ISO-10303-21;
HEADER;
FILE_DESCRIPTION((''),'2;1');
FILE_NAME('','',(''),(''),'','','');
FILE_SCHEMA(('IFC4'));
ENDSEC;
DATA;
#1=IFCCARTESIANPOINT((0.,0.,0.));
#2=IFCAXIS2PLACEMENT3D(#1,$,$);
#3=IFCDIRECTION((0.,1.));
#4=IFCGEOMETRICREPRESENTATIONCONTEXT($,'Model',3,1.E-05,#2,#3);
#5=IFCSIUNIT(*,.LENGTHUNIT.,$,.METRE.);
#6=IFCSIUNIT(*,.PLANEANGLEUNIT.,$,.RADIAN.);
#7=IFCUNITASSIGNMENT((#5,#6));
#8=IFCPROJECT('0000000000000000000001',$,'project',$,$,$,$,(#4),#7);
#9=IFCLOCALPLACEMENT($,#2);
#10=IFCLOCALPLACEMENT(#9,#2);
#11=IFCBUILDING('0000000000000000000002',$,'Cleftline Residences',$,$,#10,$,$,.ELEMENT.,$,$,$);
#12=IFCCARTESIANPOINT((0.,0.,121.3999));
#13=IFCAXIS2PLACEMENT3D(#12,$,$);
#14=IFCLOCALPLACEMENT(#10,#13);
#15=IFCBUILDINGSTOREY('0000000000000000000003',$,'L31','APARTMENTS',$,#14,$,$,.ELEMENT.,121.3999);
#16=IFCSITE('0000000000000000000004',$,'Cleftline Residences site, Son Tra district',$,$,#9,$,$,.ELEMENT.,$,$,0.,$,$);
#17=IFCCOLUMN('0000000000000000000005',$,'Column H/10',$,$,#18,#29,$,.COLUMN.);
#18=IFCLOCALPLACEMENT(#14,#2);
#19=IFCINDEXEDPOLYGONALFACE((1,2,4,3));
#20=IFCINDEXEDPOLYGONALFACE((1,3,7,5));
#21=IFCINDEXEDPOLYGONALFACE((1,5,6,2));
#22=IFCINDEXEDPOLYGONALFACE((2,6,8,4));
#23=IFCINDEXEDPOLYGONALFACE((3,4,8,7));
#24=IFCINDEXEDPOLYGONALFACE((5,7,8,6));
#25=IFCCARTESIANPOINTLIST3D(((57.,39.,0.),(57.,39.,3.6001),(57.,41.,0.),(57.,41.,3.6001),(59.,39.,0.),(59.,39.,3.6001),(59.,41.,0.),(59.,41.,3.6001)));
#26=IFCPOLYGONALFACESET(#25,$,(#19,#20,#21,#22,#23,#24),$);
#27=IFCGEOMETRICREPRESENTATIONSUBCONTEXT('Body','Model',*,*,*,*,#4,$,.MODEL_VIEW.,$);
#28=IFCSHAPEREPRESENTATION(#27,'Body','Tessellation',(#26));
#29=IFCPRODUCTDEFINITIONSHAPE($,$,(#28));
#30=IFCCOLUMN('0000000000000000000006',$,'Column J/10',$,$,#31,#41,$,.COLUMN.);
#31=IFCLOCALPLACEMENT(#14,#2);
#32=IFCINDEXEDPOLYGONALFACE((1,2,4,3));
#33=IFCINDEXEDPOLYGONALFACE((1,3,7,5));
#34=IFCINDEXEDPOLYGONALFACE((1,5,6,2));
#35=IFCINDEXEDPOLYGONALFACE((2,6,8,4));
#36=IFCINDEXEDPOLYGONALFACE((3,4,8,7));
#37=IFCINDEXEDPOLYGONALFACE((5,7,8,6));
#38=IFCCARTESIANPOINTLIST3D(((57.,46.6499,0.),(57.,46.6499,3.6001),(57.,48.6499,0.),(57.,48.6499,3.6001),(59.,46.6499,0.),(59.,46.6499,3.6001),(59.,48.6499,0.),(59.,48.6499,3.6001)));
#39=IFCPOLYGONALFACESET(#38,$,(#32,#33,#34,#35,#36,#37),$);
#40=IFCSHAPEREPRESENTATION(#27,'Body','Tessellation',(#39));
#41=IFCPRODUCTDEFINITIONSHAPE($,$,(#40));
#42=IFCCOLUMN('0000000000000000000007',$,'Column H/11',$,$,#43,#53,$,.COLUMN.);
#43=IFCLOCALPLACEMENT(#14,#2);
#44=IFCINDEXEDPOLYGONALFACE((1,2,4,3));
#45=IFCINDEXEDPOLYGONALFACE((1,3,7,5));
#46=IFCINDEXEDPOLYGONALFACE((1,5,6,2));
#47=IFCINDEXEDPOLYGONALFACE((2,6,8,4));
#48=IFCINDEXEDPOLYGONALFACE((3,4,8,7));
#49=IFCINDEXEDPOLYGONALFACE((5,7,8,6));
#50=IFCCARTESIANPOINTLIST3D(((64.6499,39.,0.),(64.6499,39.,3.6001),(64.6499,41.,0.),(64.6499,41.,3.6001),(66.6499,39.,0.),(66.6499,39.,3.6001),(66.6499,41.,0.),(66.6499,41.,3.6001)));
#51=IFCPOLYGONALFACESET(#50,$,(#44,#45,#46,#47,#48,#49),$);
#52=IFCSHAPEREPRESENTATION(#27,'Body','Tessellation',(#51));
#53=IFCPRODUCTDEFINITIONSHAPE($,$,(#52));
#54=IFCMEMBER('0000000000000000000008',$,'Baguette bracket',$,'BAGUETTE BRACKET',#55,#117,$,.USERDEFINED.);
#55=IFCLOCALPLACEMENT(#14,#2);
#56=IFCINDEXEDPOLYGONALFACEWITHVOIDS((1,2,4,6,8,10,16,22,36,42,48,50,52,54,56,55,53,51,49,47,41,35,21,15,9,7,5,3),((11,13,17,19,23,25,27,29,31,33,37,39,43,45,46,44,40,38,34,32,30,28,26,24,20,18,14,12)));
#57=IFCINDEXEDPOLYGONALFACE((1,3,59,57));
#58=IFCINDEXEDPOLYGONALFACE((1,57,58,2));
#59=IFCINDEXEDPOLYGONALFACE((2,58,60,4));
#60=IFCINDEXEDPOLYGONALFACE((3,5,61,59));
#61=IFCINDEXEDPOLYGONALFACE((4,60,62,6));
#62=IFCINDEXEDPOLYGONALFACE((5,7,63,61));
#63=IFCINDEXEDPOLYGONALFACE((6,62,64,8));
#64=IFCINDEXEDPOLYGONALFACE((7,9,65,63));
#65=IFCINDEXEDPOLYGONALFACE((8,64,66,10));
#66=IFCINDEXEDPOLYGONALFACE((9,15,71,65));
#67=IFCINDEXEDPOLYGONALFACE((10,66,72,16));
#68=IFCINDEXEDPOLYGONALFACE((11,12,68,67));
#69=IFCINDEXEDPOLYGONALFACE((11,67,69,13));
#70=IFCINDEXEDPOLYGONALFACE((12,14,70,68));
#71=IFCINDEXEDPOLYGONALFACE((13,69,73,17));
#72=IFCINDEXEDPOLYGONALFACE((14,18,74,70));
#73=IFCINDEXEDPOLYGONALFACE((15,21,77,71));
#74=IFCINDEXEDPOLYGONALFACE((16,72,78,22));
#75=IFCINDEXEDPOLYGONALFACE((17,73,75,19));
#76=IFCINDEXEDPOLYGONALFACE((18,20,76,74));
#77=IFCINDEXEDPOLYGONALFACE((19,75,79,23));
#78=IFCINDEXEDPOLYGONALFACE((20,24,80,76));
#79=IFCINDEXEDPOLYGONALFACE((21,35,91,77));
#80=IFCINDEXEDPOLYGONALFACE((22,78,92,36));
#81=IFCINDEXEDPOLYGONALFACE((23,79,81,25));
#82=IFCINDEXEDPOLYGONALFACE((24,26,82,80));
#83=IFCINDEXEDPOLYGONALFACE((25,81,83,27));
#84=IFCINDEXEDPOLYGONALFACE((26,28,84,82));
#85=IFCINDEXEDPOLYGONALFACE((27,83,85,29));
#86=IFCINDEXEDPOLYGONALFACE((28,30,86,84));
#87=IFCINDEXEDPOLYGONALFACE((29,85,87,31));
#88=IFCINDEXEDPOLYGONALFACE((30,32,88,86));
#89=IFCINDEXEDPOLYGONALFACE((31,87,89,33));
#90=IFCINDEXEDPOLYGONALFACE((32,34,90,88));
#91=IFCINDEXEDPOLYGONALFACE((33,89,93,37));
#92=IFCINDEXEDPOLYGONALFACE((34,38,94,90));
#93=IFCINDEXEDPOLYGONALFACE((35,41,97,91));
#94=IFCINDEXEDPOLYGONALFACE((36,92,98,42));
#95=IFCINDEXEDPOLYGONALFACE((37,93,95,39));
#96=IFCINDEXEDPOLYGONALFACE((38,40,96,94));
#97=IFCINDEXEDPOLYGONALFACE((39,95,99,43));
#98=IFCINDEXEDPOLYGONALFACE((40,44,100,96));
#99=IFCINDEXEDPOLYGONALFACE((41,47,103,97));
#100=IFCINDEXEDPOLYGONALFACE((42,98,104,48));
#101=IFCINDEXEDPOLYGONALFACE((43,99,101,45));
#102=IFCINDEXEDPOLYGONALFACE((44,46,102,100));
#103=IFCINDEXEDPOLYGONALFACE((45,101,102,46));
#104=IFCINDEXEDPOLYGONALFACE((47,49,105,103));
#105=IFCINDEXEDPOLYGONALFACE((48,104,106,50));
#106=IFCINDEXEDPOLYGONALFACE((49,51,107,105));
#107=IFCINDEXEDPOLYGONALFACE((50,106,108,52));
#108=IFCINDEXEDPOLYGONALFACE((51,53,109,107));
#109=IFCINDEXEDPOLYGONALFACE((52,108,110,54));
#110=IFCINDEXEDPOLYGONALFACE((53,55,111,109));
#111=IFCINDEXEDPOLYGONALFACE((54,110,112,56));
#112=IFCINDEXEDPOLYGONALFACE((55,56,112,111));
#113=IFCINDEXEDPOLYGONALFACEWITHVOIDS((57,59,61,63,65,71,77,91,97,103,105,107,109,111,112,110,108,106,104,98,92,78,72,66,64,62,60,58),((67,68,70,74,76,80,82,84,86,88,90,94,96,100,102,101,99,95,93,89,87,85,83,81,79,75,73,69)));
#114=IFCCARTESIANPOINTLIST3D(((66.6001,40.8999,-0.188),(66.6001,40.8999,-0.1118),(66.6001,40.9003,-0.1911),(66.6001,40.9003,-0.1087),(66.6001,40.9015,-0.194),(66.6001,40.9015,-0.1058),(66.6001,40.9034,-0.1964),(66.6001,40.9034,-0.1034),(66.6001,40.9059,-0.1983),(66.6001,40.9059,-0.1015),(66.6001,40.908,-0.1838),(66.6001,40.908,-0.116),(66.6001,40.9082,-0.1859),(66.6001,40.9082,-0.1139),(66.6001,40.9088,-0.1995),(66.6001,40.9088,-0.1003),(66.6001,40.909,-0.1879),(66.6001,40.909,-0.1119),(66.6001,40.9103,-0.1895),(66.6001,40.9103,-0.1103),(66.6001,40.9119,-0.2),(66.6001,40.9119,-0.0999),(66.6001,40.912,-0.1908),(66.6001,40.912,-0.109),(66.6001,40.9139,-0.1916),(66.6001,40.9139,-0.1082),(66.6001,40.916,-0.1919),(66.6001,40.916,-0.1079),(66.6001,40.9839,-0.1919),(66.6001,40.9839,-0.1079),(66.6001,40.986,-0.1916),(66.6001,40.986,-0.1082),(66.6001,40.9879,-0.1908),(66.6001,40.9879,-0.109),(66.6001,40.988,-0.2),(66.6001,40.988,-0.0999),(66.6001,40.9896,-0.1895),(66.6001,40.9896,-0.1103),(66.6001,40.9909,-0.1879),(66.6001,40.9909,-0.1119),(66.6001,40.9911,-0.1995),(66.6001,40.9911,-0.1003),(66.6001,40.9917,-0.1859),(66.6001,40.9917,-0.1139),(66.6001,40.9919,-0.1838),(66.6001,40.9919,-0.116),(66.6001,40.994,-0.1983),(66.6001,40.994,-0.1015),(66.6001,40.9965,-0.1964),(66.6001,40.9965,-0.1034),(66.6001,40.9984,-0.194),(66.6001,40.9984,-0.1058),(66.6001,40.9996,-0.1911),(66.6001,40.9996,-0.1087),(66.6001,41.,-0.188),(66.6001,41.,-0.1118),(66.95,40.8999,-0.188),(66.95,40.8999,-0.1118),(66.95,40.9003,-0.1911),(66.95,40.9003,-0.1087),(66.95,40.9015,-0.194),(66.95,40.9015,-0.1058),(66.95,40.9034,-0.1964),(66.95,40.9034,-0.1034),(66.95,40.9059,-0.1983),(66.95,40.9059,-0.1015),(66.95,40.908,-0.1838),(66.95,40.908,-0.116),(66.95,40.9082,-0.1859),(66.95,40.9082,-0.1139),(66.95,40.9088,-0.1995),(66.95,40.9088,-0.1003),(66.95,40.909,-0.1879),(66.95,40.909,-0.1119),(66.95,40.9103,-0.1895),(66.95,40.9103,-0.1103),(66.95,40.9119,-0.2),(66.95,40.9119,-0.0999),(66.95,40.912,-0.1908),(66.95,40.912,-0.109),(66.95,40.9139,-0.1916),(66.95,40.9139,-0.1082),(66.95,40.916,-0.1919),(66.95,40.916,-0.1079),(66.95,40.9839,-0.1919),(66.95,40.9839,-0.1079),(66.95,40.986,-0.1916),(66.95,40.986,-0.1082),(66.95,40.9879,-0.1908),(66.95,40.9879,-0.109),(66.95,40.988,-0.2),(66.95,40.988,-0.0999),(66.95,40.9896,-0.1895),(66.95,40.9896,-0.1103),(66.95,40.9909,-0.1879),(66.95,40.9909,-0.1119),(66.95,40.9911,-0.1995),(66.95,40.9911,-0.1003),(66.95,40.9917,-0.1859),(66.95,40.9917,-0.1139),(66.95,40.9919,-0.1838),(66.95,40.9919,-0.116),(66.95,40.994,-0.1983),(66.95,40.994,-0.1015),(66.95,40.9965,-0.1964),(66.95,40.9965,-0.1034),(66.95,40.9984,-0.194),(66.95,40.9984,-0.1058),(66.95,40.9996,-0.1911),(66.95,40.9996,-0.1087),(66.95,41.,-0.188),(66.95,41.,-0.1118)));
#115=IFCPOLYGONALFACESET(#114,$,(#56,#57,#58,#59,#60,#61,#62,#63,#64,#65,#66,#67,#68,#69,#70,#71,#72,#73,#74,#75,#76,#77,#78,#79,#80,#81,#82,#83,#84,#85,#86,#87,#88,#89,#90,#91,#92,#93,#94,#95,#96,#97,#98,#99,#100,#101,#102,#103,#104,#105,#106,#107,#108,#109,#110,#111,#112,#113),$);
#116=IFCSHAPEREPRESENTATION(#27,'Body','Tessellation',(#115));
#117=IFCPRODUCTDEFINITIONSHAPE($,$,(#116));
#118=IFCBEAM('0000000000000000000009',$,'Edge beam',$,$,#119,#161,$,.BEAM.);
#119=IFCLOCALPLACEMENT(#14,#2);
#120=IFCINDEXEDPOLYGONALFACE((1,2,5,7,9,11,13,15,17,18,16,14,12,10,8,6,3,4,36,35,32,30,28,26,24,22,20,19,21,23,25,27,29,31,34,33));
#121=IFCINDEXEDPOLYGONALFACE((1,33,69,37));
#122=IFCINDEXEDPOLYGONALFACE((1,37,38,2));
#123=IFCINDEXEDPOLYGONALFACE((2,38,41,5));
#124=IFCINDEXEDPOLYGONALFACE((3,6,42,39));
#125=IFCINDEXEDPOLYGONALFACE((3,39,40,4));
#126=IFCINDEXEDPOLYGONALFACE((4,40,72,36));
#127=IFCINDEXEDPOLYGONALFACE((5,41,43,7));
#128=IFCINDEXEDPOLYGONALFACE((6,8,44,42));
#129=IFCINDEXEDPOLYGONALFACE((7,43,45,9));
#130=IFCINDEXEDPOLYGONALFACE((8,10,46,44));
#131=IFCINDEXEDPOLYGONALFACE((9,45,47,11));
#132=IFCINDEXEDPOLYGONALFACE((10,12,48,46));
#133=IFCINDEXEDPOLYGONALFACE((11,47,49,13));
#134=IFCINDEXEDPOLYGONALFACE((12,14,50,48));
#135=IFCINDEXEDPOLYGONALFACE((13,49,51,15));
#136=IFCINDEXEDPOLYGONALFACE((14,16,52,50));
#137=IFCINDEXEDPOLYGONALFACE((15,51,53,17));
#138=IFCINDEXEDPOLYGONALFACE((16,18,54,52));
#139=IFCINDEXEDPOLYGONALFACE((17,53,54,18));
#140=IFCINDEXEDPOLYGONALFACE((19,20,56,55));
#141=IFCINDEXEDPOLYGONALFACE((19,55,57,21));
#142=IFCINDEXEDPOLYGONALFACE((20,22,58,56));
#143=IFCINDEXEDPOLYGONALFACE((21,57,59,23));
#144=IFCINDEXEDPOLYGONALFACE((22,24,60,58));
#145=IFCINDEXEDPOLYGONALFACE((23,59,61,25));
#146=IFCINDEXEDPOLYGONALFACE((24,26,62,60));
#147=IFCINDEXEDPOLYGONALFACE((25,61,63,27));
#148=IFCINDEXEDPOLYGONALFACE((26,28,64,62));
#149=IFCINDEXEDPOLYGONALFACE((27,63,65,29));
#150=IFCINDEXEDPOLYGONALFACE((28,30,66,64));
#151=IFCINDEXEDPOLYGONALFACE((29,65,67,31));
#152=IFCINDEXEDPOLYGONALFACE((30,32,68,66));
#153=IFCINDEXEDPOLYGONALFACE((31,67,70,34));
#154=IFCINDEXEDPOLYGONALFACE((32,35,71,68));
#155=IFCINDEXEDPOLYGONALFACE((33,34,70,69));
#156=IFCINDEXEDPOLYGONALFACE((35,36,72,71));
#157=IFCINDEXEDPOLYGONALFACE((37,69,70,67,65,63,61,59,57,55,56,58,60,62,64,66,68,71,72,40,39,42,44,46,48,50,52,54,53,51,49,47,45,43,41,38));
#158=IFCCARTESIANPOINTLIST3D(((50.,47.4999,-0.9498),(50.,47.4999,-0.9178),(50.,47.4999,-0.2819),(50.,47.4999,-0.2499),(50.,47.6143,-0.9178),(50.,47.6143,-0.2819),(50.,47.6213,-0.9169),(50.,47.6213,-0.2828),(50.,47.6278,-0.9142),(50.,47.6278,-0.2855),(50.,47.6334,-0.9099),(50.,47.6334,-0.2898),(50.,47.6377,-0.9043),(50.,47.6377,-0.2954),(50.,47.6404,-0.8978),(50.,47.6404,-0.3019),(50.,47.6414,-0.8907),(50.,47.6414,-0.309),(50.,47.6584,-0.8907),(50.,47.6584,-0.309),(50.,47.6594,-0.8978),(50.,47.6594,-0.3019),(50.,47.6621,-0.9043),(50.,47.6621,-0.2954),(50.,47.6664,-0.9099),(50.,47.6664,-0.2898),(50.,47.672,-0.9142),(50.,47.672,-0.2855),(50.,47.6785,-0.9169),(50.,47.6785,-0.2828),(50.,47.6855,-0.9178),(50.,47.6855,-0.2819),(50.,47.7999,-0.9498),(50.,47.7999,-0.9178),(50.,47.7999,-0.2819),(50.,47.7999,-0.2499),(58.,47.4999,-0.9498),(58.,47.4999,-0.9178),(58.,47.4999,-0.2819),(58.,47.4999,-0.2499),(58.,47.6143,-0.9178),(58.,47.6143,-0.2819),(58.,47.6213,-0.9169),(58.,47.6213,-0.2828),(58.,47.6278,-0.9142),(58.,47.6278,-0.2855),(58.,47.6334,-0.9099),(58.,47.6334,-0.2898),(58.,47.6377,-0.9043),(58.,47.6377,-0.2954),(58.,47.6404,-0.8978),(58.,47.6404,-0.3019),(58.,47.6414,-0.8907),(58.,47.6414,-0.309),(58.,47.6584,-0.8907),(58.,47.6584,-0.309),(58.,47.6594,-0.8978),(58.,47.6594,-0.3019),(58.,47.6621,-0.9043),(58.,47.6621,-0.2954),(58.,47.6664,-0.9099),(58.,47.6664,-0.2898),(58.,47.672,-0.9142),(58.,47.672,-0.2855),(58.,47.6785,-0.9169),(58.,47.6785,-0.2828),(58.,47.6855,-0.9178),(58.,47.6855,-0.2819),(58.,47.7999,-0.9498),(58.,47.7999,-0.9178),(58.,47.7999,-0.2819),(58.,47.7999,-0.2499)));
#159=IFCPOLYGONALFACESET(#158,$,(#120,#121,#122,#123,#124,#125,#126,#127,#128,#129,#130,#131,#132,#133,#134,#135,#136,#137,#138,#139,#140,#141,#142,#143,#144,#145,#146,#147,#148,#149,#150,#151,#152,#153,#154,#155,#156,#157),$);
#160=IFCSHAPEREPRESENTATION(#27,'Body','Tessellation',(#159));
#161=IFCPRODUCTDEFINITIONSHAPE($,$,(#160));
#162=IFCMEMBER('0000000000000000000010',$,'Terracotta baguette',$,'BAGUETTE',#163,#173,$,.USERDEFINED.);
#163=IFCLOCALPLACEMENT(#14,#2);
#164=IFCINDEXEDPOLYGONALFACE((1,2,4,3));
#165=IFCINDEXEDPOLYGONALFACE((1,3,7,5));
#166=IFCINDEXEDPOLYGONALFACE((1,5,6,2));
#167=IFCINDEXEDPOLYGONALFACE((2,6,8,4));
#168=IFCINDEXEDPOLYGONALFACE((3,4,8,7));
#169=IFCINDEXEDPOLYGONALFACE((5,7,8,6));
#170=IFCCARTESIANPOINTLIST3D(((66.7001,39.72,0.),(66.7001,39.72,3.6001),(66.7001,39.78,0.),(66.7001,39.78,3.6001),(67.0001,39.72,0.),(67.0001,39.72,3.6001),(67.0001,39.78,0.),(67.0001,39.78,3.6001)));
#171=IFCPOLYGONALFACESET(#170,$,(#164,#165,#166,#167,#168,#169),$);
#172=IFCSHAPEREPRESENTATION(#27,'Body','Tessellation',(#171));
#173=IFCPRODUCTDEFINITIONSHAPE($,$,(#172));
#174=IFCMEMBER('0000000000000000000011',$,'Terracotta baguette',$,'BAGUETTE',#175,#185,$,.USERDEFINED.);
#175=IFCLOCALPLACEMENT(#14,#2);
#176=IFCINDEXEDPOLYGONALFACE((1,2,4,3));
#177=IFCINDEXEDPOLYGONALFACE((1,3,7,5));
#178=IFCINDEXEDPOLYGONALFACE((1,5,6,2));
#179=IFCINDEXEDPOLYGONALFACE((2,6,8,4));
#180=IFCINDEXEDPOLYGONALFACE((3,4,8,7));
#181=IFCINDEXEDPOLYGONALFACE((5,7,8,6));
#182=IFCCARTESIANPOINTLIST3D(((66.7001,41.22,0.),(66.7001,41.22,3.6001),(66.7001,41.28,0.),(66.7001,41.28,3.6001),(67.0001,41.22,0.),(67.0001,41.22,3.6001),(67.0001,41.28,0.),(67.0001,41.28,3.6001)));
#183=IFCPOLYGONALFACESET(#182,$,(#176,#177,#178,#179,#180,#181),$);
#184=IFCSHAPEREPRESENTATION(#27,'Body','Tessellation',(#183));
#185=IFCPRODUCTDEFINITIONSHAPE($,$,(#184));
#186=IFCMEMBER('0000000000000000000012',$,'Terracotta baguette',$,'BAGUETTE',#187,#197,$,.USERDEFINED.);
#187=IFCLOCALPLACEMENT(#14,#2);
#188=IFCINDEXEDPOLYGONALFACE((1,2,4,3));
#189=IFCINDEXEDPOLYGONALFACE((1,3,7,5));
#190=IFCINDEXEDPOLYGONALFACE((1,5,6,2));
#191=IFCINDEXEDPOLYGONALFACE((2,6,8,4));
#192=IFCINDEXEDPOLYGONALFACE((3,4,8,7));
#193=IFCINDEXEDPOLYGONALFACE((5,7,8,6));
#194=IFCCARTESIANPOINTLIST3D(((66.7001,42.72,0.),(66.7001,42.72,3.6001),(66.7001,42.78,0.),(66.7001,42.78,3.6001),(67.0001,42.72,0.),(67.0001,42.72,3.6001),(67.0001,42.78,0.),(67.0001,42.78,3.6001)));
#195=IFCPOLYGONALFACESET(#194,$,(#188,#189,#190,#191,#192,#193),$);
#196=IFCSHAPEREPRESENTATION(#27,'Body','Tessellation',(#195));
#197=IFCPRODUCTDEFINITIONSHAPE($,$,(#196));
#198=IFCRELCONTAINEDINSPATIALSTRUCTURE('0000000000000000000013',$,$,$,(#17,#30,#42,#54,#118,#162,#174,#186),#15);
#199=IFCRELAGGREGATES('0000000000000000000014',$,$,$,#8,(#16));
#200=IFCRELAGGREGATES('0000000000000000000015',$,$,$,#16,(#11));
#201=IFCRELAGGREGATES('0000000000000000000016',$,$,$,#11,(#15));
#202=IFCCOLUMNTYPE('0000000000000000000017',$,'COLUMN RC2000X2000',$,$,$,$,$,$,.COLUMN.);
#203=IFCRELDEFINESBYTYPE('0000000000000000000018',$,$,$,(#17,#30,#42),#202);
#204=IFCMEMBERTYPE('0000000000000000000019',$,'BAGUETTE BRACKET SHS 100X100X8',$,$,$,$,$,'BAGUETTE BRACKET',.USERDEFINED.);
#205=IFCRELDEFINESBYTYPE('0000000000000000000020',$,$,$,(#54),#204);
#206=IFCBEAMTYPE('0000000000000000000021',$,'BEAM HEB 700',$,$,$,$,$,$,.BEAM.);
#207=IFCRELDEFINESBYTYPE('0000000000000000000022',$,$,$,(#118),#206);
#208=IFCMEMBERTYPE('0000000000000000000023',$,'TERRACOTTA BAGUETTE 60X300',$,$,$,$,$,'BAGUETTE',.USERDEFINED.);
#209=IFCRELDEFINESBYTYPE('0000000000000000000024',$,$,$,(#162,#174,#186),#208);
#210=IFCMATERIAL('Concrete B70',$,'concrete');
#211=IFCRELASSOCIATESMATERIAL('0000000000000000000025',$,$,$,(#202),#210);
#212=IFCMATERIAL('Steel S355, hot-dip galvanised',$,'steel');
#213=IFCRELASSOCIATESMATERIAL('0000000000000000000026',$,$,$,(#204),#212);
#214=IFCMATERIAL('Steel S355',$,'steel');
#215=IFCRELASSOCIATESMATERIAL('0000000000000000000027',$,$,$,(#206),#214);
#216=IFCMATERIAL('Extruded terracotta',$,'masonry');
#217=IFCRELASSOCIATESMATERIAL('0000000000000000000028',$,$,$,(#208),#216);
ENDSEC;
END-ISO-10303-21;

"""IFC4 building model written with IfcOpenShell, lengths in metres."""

from ifc_helpers import new_model, si_unit, direction, frame, origin, origin_2d, place, context, subcontext, project, spatial, rectangle, hollow_rectangle, i_section, extrude, material, material_profile, profile_set, type_object, element, save


model = new_model("IFC4")

# Units and contexts
model_context = context("Model", 3, precision=1e-05, world=origin(), true_north=direction((0.0, 1.0)))
body_context = subcontext(model_context, "Body", "Model", "MODEL_VIEW")
ifc_project = project(units=[si_unit("LENGTHUNIT", "METRE"), si_unit("PLANEANGLEUNIT", "RADIAN")], contexts=[model_context])

# Site, building, storey
site_placement = place(None, origin())
site = spatial("IfcSite", under=ifc_project, at=site_placement, Name="Cleftline Residences site, Son Tra district", CompositionType="ELEMENT", RefElevation=0.0)
building_placement = place(site_placement, origin())
building = spatial("IfcBuilding", under=site, at=building_placement, Name="Cleftline Residences", CompositionType="ELEMENT")
storey_placement = place(building_placement, frame((0.0, 0.0, 121.3999)))
storey = spatial("IfcBuildingStorey", under=building, at=storey_placement, Name="L31", Description="APARTMENTS", CompositionType="ELEMENT", Elevation=121.3999)

# Columns
ifc_material_1 = material(Name="Concrete B70", Category="concrete")
ifc_material_profile_1 = material_profile(ifc_material_1, rectangle(XDim=2.0, YDim=2.0, at=origin_2d()))
ifc_profile_set_1 = profile_set([ifc_material_profile_1], Name="Concrete B70")
column_type = type_object("IfcColumnType", Name="COLUMN RC2000X2000", PredefinedType="COLUMN", material=ifc_profile_set_1)
for number, where, z_axis, x_axis, name in (
    (1, (58.0, 40.0, 0.0), (0.0, 0.0, 1.0), (1.0, 0.0, 0.0), "Column H/10"),
    (2, (58.0, 47.6499, 0.0), (0.0, 0.0, 1.0), (1.0, 0.0, 0.0), "Column J/10"),
    (3, (65.6499, 40.0, 0.0), (0.0, 0.0, 1.0), (1.0, 0.0, 0.0), "Column H/11"),
):
    element("IfcColumn", number, at=place(storey_placement, frame(where, z_axis=z_axis, x_axis=x_axis)), inside=storey, type_object=column_type, Name=name, PredefinedType="COLUMN", context=body_context, shape_type="SweptSolid", body=[
        extrude(rectangle(XDim=2.0, YDim=2.0, at=origin_2d()), origin(), (0.0, 0.0, 1.0), 3.6001),
    ])

# Member
ifc_material_2 = material(Name="Steel S355, hot-dip galvanised", Category="steel")
ifc_material_profile_2 = material_profile(ifc_material_2, hollow_rectangle(XDim=0.1001, YDim=0.1001, WallThickness=0.0081, InnerFilletRadius=0.0081, OuterFilletRadius=0.012, at=origin_2d()))
ifc_profile_set_2 = profile_set([ifc_material_profile_2], Name="Steel S355, hot-dip galvanised")
member_type_1 = type_object("IfcMemberType", Name="BAGUETTE BRACKET SHS 100X100X8", ElementType="BAGUETTE BRACKET", PredefinedType="USERDEFINED", material=ifc_profile_set_2)
member_placement = place(storey_placement, frame((66.6001, 40.95, -0.1499), z_axis=(1.0, 0.0, 0.0), x_axis=(0.0, 1.0, 0.0)))
element("IfcMember", 4, at=member_placement, inside=storey, type_object=member_type_1, Name="Baguette bracket", ObjectType="BAGUETTE BRACKET", PredefinedType="USERDEFINED", context=body_context, shape_type="SweptSolid", body=[
    extrude(hollow_rectangle(XDim=0.1001, YDim=0.1001, WallThickness=0.0081, InnerFilletRadius=0.0081, OuterFilletRadius=0.012, at=origin_2d()), origin(), (0.0, 0.0, 1.0), 0.3499),
])

# Beam
ifc_material_3 = material(Name="Steel S355", Category="steel")
ifc_material_profile_3 = material_profile(ifc_material_3, i_section(OverallWidth=0.3, OverallDepth=0.7, WebThickness=0.0171, FlangeThickness=0.032, FilletRadius=0.0271, at=origin_2d()))
ifc_profile_set_3 = profile_set([ifc_material_profile_3], Name="Steel S355")
beam_type = type_object("IfcBeamType", Name="BEAM HEB 700", PredefinedType="BEAM", material=ifc_profile_set_3)
beam_placement = place(storey_placement, frame((58.0, 47.6499, -0.5999), z_axis=(-1.0, 0.0, 0.0), x_axis=(0.0, -1.0, 0.0)))
element("IfcBeam", 5, at=beam_placement, inside=storey, type_object=beam_type, Name="Edge beam", PredefinedType="BEAM", context=body_context, shape_type="SweptSolid", body=[
    extrude(i_section(OverallWidth=0.3, OverallDepth=0.7, WebThickness=0.0171, FlangeThickness=0.032, FilletRadius=0.0271, at=origin_2d()), origin(), (0.0, 0.0, 1.0), 8.0),
])

# Members
ifc_material_4 = material(Name="Extruded terracotta", Category="masonry")
ifc_material_profile_4 = material_profile(ifc_material_4, rectangle(XDim=0.0601, YDim=0.3, at=origin_2d()))
ifc_profile_set_4 = profile_set([ifc_material_profile_4], Name="Extruded terracotta")
member_type_2 = type_object("IfcMemberType", Name="TERRACOTTA BAGUETTE 60X300", ElementType="BAGUETTE", PredefinedType="USERDEFINED", material=ifc_profile_set_4)
for number, where, z_axis, x_axis, name in (
    (6, (66.8501, 39.75, 0.0), (0.0, 0.0, 1.0), (0.0, 1.0, 0.0), "Terracotta baguette"),
    (7, (66.8501, 41.25, 0.0), (0.0, 0.0, 1.0), (0.0, 1.0, 0.0), "Terracotta baguette"),
    (8, (66.8501, 42.75, 0.0), (0.0, 0.0, 1.0), (0.0, 1.0, 0.0), "Terracotta baguette"),
):
    element("IfcMember", number, at=place(storey_placement, frame(where, z_axis=z_axis, x_axis=x_axis)), inside=storey, type_object=member_type_2, Name=name, ObjectType="BAGUETTE", PredefinedType="USERDEFINED", context=body_context, shape_type="SweptSolid", body=[
        extrude(rectangle(XDim=0.0601, YDim=0.3, at=origin_2d()), origin(), (0.0, 0.0, 1.0), 3.6001),
    ])

save(model, "model.ifc")
